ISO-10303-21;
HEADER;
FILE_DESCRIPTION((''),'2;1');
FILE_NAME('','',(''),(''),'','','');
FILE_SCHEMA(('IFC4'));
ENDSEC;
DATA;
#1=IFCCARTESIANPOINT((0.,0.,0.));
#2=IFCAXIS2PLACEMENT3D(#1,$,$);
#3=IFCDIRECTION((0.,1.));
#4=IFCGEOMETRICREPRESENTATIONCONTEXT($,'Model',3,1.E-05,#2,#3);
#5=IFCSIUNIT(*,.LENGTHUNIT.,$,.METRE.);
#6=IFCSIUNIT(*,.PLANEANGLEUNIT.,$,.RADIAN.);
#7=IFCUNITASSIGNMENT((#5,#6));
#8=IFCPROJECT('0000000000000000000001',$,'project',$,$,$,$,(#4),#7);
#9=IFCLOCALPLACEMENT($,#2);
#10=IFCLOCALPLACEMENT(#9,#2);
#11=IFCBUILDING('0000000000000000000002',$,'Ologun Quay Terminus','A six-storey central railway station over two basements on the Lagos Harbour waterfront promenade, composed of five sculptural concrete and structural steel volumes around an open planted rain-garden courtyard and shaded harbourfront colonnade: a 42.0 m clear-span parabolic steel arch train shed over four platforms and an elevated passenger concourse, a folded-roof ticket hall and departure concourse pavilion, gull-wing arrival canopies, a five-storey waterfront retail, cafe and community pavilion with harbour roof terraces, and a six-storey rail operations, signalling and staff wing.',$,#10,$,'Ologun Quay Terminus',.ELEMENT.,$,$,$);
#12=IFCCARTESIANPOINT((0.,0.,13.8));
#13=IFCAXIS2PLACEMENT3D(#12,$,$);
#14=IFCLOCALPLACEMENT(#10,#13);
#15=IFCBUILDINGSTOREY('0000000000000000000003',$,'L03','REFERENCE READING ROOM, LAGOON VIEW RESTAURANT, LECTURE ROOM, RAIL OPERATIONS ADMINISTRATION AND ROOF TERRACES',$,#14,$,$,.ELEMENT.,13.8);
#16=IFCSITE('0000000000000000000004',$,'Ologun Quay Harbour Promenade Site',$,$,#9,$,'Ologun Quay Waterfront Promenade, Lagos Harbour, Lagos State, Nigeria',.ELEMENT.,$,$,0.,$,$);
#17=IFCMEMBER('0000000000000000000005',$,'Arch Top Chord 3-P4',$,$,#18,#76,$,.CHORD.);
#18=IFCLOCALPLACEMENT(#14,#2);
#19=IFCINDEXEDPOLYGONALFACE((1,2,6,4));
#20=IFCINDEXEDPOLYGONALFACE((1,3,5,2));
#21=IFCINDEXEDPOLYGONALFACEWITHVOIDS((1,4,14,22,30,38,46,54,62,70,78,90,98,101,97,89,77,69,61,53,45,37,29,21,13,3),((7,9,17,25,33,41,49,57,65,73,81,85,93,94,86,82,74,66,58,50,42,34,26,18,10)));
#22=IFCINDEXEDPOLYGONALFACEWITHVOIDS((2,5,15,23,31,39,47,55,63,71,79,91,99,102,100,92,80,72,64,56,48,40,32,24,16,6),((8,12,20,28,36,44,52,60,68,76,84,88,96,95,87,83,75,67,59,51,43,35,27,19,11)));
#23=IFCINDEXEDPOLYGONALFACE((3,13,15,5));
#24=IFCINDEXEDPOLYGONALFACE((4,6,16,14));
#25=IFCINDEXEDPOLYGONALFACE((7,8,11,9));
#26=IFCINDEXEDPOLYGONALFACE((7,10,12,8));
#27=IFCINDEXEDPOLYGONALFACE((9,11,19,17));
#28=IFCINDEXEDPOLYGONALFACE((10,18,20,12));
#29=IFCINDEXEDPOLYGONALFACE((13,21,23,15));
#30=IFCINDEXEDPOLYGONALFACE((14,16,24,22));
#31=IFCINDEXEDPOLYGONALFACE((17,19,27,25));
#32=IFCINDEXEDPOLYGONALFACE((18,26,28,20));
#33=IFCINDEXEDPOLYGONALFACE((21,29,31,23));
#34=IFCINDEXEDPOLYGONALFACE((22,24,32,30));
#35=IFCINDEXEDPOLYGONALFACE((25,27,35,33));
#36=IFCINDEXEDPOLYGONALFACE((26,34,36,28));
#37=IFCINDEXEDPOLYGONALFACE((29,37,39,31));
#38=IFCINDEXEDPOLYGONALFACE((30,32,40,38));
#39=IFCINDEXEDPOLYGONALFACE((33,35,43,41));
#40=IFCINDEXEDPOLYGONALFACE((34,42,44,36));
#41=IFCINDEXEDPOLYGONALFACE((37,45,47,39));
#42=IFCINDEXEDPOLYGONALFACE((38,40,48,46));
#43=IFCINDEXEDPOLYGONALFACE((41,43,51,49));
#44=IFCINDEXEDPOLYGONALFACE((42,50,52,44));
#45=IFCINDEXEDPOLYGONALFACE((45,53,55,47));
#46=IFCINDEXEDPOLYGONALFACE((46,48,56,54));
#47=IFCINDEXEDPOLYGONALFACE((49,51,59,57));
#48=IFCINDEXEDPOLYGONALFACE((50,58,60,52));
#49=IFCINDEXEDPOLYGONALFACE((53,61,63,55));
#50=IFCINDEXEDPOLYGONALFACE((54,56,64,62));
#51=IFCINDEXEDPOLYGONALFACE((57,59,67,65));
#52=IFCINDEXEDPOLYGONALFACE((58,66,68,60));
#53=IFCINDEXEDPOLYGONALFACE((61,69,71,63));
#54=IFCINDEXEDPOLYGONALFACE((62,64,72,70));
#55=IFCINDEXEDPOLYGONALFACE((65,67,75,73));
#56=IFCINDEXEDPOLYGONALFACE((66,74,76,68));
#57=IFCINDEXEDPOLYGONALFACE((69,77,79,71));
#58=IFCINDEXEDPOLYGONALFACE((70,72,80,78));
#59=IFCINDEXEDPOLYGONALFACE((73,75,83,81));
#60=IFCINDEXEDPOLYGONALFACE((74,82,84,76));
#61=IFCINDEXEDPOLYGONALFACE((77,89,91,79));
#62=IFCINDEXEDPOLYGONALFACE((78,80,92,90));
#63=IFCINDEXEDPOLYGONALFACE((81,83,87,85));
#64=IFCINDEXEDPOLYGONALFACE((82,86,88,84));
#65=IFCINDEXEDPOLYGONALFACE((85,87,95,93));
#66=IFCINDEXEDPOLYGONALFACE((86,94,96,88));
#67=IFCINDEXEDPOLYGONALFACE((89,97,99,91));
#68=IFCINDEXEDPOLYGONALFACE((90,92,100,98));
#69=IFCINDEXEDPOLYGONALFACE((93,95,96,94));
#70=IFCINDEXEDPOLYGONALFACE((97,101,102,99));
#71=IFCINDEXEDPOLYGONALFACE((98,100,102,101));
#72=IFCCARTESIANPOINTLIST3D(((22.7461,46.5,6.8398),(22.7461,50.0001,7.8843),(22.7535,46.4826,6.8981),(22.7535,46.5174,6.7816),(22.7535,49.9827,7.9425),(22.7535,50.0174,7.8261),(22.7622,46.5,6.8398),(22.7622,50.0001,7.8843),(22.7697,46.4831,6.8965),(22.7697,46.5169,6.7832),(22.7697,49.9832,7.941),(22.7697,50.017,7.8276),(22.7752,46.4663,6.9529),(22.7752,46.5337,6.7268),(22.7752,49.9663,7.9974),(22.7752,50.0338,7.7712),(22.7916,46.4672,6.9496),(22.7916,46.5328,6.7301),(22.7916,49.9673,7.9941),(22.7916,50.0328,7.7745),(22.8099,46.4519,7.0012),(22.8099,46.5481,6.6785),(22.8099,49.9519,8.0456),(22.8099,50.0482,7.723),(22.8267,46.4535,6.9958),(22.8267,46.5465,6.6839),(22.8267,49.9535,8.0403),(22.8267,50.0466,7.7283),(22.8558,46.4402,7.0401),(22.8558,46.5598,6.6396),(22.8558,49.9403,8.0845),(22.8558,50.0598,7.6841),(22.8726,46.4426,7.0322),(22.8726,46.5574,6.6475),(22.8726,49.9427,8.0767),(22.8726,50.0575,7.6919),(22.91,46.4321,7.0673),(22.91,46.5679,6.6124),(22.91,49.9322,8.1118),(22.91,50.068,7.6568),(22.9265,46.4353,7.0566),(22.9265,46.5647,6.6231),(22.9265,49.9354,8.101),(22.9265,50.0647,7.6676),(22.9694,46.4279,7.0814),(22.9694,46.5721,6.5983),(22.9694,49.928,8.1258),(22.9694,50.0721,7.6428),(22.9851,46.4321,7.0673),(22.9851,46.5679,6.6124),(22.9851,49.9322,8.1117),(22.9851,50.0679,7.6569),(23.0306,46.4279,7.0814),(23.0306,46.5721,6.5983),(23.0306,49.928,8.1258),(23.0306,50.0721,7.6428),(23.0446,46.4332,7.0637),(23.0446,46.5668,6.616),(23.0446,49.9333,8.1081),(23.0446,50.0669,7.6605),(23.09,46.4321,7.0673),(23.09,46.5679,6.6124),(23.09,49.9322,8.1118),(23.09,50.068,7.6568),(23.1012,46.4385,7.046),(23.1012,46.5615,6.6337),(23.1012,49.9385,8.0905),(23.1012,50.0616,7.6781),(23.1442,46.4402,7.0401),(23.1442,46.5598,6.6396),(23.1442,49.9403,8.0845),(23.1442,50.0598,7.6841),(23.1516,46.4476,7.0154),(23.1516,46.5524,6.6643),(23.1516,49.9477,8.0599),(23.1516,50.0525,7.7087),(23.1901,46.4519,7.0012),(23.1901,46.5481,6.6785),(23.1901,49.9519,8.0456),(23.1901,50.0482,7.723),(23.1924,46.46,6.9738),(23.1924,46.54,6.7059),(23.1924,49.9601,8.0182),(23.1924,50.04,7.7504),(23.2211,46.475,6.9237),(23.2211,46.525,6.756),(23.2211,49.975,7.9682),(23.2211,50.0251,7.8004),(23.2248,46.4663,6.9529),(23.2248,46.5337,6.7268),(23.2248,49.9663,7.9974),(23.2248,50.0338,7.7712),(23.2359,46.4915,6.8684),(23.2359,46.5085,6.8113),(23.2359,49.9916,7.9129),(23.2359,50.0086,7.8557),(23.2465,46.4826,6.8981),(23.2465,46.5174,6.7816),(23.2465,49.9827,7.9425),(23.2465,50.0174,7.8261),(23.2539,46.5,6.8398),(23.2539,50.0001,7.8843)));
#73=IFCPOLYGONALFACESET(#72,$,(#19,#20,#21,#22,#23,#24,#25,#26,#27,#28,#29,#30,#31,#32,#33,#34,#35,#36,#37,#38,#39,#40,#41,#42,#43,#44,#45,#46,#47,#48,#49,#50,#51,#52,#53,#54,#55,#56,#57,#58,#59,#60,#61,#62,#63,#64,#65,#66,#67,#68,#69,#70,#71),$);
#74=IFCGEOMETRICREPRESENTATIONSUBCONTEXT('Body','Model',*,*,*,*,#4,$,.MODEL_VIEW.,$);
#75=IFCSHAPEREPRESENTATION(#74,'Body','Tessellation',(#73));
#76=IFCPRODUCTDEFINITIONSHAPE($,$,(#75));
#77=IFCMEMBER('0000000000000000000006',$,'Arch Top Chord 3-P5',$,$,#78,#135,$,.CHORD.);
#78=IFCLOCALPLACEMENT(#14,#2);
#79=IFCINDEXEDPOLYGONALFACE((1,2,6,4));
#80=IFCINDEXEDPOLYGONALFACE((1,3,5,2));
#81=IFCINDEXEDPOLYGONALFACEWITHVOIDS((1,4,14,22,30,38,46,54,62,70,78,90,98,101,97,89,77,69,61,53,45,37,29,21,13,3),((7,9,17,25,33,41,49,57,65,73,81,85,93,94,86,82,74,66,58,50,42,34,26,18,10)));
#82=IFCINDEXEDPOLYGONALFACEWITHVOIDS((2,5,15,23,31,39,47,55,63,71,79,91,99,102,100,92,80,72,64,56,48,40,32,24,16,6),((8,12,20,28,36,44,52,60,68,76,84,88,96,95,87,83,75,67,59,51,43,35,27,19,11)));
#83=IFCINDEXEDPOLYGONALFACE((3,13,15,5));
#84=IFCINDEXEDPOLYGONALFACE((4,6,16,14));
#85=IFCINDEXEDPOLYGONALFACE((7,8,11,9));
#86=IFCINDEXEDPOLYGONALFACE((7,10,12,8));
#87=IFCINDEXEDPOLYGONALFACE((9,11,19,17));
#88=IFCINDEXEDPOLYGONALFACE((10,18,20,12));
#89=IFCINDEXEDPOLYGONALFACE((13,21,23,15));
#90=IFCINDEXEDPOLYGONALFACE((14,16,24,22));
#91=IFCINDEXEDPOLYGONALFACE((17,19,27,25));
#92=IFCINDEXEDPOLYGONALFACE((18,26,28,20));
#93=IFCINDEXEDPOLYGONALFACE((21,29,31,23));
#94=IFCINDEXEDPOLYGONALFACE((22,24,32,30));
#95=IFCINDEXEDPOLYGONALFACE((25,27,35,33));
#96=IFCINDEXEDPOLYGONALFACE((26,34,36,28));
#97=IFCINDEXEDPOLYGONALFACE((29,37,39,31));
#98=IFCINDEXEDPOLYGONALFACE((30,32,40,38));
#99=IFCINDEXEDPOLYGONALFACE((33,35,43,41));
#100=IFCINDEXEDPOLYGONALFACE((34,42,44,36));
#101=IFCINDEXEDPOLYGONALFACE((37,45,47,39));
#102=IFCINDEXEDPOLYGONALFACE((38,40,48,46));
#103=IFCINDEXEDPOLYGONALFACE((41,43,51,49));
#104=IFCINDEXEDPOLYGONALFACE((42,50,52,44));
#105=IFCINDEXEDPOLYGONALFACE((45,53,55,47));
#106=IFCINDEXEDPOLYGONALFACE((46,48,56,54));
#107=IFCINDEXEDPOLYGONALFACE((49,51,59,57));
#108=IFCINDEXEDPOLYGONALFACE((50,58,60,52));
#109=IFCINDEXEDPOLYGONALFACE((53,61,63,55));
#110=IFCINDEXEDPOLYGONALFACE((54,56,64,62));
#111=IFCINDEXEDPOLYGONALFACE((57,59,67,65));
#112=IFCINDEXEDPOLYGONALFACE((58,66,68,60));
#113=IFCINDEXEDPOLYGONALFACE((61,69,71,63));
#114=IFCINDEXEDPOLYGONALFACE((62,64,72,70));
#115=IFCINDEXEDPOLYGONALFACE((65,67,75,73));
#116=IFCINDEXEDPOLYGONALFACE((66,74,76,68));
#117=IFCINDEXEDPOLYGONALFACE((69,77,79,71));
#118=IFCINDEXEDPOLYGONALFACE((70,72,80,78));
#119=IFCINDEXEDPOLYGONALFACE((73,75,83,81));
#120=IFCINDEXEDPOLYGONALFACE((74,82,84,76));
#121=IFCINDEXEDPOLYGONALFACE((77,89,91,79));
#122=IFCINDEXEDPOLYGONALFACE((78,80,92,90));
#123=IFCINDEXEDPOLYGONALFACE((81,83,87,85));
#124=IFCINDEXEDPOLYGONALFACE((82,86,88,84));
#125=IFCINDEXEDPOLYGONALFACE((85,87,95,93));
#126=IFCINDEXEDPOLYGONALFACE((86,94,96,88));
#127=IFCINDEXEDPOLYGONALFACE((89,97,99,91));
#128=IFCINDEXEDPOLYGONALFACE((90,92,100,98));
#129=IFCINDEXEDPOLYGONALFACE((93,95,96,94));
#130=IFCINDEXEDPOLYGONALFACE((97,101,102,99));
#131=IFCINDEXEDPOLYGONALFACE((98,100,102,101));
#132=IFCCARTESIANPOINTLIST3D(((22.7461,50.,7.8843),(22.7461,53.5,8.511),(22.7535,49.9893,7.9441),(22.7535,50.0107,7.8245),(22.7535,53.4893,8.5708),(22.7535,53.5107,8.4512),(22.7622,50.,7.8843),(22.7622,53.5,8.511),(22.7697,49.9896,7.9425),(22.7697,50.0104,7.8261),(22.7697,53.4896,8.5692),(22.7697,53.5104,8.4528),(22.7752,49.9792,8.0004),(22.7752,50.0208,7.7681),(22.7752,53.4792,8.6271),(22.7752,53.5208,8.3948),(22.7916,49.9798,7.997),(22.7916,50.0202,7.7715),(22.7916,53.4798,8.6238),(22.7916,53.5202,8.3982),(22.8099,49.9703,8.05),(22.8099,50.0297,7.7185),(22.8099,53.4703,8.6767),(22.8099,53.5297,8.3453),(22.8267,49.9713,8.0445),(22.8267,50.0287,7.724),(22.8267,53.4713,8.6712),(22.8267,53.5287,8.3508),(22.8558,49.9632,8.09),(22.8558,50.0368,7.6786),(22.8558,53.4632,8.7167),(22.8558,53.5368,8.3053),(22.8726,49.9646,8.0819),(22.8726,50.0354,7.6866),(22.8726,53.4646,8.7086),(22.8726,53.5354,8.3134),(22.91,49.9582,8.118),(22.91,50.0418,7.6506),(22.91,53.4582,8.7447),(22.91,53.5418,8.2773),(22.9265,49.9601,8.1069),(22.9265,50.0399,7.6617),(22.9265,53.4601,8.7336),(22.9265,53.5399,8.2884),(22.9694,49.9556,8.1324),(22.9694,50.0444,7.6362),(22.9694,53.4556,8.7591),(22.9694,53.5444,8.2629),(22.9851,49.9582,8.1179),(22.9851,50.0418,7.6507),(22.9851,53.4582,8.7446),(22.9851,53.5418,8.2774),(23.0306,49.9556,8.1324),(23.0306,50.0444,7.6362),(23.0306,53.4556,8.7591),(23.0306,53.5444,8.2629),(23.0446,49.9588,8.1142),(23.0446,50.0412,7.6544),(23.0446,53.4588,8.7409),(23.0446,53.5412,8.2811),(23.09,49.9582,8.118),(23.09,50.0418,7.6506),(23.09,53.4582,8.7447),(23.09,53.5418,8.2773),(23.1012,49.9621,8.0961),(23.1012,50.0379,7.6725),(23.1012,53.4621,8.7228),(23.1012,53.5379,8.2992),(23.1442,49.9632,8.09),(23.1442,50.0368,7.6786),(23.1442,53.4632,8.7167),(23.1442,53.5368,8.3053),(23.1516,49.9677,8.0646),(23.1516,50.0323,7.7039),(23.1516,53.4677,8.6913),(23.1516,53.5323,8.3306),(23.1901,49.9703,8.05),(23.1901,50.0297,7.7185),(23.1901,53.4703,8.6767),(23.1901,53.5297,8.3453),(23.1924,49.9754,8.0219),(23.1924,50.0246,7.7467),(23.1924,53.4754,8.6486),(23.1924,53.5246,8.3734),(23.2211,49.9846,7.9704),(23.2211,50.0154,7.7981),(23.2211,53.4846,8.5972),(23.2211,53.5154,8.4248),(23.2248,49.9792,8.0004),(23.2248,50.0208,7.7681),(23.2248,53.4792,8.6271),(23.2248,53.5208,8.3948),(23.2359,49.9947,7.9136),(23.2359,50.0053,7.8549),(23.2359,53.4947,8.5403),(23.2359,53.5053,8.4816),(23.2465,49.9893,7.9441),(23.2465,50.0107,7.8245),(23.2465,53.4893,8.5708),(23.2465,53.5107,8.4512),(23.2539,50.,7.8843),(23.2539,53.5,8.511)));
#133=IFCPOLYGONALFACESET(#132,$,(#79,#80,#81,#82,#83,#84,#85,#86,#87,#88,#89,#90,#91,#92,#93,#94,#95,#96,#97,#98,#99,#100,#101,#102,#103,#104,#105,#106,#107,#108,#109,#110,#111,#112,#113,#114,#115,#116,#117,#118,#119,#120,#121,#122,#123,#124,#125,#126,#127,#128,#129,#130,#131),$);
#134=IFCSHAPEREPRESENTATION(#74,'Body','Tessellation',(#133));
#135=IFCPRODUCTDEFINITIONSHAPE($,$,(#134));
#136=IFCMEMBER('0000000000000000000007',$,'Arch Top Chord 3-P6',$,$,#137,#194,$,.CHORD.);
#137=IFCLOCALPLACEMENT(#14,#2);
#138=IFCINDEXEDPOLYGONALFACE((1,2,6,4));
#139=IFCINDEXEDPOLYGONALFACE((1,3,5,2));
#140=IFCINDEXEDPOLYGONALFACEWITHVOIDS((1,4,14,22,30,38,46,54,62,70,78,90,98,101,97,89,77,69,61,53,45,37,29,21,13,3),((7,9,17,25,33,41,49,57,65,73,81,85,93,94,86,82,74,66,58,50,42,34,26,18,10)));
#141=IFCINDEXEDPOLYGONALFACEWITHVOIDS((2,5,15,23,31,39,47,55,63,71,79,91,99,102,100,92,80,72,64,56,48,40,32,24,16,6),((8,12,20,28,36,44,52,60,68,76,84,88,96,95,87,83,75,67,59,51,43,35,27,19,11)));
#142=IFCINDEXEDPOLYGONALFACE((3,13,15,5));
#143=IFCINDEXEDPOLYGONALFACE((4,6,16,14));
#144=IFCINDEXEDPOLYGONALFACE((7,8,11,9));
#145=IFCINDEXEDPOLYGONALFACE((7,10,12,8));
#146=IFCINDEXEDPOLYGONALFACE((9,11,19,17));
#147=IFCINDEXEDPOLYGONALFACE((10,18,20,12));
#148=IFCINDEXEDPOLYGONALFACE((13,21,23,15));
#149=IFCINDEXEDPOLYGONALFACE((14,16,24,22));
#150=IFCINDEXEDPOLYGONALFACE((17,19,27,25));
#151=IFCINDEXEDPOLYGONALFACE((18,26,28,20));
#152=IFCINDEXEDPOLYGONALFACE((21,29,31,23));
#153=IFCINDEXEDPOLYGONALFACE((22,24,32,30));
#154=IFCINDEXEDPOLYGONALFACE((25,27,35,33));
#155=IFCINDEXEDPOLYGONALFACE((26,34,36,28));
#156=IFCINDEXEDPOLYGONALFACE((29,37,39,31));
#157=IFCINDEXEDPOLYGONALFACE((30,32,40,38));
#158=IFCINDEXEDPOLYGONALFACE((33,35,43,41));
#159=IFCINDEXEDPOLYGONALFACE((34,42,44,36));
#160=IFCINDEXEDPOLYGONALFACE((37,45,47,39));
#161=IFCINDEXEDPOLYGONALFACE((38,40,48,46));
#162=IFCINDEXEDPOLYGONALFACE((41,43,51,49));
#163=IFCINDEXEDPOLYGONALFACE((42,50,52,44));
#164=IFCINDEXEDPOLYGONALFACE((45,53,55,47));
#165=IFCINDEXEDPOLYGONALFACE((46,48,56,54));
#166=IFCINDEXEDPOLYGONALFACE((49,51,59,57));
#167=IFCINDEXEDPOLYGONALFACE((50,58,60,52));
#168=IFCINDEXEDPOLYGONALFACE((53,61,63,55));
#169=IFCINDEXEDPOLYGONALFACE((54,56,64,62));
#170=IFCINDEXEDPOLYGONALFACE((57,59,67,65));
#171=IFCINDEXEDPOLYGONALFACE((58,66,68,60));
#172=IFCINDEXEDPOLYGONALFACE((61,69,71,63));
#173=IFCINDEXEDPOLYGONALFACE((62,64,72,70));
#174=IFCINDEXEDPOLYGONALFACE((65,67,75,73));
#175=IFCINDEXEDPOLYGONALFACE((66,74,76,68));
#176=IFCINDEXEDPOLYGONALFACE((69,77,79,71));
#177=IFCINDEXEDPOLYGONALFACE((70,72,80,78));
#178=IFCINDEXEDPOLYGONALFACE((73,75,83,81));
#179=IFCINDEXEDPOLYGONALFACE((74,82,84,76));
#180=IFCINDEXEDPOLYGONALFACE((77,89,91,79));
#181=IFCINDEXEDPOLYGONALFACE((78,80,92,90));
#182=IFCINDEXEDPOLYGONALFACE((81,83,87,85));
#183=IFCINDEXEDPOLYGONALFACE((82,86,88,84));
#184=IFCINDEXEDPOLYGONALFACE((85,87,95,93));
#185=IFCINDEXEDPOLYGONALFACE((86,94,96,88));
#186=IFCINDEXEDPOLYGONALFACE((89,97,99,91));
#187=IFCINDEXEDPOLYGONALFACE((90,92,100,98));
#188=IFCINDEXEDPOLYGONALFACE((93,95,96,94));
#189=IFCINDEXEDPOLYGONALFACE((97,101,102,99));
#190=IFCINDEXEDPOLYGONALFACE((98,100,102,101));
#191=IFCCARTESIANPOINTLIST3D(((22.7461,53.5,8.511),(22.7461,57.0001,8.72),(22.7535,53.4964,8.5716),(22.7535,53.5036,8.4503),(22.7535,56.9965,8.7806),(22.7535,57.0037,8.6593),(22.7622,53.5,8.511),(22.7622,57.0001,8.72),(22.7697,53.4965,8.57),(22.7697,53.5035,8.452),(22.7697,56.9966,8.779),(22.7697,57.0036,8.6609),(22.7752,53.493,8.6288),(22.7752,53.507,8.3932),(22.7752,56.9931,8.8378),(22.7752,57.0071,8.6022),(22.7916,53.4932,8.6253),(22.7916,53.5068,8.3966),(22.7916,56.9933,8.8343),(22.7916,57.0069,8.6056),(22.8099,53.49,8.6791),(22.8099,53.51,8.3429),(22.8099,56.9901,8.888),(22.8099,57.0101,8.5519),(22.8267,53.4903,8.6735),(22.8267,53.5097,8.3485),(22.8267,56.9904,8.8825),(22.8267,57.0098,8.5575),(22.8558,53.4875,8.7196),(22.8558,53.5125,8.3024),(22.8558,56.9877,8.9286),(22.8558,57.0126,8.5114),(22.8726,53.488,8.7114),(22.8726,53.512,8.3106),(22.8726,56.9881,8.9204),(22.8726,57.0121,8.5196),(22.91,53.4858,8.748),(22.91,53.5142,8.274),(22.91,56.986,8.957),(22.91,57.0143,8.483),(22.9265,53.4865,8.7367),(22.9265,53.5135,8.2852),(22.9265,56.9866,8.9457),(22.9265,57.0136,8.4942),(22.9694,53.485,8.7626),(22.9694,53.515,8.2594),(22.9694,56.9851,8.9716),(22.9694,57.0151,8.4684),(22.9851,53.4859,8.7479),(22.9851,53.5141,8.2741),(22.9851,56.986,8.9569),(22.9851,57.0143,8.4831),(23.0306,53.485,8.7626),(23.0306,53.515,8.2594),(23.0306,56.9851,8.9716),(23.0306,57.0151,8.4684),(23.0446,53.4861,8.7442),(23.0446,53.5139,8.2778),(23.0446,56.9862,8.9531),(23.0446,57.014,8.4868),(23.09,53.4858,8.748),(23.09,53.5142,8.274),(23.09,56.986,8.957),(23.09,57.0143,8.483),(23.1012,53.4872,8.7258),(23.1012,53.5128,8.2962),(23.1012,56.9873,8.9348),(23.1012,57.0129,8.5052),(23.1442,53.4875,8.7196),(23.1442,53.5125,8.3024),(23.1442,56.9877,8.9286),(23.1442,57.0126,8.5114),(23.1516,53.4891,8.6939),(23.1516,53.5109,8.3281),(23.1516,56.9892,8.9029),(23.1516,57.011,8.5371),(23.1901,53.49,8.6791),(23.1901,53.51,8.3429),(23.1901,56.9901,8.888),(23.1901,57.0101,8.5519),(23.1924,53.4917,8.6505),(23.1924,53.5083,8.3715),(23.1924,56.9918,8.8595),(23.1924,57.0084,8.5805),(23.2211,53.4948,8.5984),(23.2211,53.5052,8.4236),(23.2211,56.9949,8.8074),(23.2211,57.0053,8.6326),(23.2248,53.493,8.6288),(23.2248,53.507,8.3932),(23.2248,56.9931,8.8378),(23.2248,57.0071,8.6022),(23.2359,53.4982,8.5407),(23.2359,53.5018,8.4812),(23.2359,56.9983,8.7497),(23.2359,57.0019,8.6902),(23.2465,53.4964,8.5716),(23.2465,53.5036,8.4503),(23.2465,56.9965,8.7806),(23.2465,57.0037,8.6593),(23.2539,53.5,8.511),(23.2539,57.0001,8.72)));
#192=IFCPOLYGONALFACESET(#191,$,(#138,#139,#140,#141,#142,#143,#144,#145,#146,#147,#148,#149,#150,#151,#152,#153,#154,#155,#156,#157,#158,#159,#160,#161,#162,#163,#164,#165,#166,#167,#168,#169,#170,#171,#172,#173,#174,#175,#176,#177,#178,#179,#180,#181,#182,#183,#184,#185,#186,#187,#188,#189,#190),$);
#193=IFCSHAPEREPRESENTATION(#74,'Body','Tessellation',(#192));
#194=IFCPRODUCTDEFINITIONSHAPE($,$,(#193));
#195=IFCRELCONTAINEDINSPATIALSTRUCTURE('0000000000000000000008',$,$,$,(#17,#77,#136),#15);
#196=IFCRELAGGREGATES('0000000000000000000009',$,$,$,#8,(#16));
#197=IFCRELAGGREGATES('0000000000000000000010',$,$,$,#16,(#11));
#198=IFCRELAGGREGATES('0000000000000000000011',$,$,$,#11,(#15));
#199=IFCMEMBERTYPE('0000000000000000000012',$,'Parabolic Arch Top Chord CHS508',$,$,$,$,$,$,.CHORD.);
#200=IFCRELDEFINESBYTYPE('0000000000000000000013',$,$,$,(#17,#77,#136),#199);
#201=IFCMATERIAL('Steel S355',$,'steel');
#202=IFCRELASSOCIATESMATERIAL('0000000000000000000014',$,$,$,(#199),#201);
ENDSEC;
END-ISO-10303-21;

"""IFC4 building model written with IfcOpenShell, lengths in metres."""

from ifc_helpers import new_model, si_unit, direction, frame, origin, origin_2d, place, context, subcontext, project, spatial, hollow_circle, extrude, material, material_profile, profile_set, type_object, element, save


model = new_model("IFC4")

# Units and contexts
model_context = context("Model", 3, precision=1e-05, world=origin(), true_north=direction((0.0, 1.0)))
body_context = subcontext(model_context, "Body", "Model", "MODEL_VIEW")
ifc_project = project(units=[si_unit("LENGTHUNIT", "METRE"), si_unit("PLANEANGLEUNIT", "RADIAN")], contexts=[model_context])

# Site, building, storey
site_placement = place(None, origin())
site = spatial("IfcSite", under=ifc_project, at=site_placement, Name="Ologun Quay Harbour Promenade Site", LongName="Ologun Quay Waterfront Promenade, Lagos Harbour, Lagos State, Nigeria", CompositionType="ELEMENT", RefElevation=0.0)
building_placement = place(site_placement, origin())
building = spatial("IfcBuilding", under=site, at=building_placement, Name="Ologun Quay Terminus", Description="A six-storey central railway station over two basements on the Lagos Harbour waterfront promenade, composed of five sculptural concrete and structural steel volumes around an open planted rain-garden courtyard and shaded harbourfront colonnade: a 42.0 m clear-span parabolic steel arch train shed over four platforms and an elevated passenger concourse, a folded-roof ticket hall and departure concourse pavilion, gull-wing arrival canopies, a five-storey waterfront retail, cafe and community pavilion with harbour roof terraces, and a six-storey rail operations, signalling and staff wing.", LongName="Ologun Quay Terminus", CompositionType="ELEMENT")
storey_placement = place(building_placement, frame((0.0, 0.0, 13.8)))
storey = spatial("IfcBuildingStorey", under=building, at=storey_placement, Name="L03", Description="REFERENCE READING ROOM, LAGOON VIEW RESTAURANT, LECTURE ROOM, RAIL OPERATIONS ADMINISTRATION AND ROOF TERRACES", CompositionType="ELEMENT", Elevation=13.8)

# Members
ifc_material_1 = material(Name="Steel S355", Category="steel")
ifc_material_profile_1 = material_profile(ifc_material_1, hollow_circle(Radius=0.2539, WallThickness=0.0161, at=origin_2d()), Name="CHS 508x16")
ifc_profile_set_1 = profile_set([ifc_material_profile_1], Name="Steel S355")
member_type_1 = type_object("IfcMemberType", Name="Parabolic Arch Top Chord CHS508", PredefinedType="CHORD", material=ifc_profile_set_1)
member_1_placement = place(storey_placement, frame((23.0, 46.5, 6.8398), z_axis=(0.0, 0.958245, 0.285949), x_axis=(-1.0, 0.0, 0.0)))
element("IfcMember", 1, at=member_1_placement, inside=storey, type_object=member_type_1, Name="Arch Top Chord 3-P4", PredefinedType="CHORD", context=body_context, shape_type="SweptSolid", body=[
    extrude(hollow_circle(Radius=0.2539, WallThickness=0.0161, at=origin_2d()), origin(), (0.0, 0.0, 1.0), 3.6526),
])
member_2_placement = place(storey_placement, frame((23.0, 50.0, 7.8843), z_axis=(0.0, 0.984344, 0.176256), x_axis=(-1.0, 0.0, 0.0)))
element("IfcMember", 2, at=member_2_placement, inside=storey, type_object=member_type_1, Name="Arch Top Chord 3-P5", PredefinedType="CHORD", context=body_context, shape_type="SweptSolid", body=[
    extrude(hollow_circle(Radius=0.2539, WallThickness=0.0161, at=origin_2d()), origin(), (0.0, 0.0, 1.0), 3.5557),
])
member_3_placement = place(storey_placement, frame((23.0, 53.5, 8.511), z_axis=(0.0, 0.998222, 0.059604), x_axis=(-1.0, 0.0, 0.0)))
element("IfcMember", 3, at=member_3_placement, inside=storey, type_object=member_type_1, Name="Arch Top Chord 3-P6", PredefinedType="CHORD", context=body_context, shape_type="SweptSolid", body=[
    extrude(hollow_circle(Radius=0.2539, WallThickness=0.0161, at=origin_2d()), origin(), (0.0, 0.0, 1.0), 3.5063),
])

save(model, "model.ifc")
